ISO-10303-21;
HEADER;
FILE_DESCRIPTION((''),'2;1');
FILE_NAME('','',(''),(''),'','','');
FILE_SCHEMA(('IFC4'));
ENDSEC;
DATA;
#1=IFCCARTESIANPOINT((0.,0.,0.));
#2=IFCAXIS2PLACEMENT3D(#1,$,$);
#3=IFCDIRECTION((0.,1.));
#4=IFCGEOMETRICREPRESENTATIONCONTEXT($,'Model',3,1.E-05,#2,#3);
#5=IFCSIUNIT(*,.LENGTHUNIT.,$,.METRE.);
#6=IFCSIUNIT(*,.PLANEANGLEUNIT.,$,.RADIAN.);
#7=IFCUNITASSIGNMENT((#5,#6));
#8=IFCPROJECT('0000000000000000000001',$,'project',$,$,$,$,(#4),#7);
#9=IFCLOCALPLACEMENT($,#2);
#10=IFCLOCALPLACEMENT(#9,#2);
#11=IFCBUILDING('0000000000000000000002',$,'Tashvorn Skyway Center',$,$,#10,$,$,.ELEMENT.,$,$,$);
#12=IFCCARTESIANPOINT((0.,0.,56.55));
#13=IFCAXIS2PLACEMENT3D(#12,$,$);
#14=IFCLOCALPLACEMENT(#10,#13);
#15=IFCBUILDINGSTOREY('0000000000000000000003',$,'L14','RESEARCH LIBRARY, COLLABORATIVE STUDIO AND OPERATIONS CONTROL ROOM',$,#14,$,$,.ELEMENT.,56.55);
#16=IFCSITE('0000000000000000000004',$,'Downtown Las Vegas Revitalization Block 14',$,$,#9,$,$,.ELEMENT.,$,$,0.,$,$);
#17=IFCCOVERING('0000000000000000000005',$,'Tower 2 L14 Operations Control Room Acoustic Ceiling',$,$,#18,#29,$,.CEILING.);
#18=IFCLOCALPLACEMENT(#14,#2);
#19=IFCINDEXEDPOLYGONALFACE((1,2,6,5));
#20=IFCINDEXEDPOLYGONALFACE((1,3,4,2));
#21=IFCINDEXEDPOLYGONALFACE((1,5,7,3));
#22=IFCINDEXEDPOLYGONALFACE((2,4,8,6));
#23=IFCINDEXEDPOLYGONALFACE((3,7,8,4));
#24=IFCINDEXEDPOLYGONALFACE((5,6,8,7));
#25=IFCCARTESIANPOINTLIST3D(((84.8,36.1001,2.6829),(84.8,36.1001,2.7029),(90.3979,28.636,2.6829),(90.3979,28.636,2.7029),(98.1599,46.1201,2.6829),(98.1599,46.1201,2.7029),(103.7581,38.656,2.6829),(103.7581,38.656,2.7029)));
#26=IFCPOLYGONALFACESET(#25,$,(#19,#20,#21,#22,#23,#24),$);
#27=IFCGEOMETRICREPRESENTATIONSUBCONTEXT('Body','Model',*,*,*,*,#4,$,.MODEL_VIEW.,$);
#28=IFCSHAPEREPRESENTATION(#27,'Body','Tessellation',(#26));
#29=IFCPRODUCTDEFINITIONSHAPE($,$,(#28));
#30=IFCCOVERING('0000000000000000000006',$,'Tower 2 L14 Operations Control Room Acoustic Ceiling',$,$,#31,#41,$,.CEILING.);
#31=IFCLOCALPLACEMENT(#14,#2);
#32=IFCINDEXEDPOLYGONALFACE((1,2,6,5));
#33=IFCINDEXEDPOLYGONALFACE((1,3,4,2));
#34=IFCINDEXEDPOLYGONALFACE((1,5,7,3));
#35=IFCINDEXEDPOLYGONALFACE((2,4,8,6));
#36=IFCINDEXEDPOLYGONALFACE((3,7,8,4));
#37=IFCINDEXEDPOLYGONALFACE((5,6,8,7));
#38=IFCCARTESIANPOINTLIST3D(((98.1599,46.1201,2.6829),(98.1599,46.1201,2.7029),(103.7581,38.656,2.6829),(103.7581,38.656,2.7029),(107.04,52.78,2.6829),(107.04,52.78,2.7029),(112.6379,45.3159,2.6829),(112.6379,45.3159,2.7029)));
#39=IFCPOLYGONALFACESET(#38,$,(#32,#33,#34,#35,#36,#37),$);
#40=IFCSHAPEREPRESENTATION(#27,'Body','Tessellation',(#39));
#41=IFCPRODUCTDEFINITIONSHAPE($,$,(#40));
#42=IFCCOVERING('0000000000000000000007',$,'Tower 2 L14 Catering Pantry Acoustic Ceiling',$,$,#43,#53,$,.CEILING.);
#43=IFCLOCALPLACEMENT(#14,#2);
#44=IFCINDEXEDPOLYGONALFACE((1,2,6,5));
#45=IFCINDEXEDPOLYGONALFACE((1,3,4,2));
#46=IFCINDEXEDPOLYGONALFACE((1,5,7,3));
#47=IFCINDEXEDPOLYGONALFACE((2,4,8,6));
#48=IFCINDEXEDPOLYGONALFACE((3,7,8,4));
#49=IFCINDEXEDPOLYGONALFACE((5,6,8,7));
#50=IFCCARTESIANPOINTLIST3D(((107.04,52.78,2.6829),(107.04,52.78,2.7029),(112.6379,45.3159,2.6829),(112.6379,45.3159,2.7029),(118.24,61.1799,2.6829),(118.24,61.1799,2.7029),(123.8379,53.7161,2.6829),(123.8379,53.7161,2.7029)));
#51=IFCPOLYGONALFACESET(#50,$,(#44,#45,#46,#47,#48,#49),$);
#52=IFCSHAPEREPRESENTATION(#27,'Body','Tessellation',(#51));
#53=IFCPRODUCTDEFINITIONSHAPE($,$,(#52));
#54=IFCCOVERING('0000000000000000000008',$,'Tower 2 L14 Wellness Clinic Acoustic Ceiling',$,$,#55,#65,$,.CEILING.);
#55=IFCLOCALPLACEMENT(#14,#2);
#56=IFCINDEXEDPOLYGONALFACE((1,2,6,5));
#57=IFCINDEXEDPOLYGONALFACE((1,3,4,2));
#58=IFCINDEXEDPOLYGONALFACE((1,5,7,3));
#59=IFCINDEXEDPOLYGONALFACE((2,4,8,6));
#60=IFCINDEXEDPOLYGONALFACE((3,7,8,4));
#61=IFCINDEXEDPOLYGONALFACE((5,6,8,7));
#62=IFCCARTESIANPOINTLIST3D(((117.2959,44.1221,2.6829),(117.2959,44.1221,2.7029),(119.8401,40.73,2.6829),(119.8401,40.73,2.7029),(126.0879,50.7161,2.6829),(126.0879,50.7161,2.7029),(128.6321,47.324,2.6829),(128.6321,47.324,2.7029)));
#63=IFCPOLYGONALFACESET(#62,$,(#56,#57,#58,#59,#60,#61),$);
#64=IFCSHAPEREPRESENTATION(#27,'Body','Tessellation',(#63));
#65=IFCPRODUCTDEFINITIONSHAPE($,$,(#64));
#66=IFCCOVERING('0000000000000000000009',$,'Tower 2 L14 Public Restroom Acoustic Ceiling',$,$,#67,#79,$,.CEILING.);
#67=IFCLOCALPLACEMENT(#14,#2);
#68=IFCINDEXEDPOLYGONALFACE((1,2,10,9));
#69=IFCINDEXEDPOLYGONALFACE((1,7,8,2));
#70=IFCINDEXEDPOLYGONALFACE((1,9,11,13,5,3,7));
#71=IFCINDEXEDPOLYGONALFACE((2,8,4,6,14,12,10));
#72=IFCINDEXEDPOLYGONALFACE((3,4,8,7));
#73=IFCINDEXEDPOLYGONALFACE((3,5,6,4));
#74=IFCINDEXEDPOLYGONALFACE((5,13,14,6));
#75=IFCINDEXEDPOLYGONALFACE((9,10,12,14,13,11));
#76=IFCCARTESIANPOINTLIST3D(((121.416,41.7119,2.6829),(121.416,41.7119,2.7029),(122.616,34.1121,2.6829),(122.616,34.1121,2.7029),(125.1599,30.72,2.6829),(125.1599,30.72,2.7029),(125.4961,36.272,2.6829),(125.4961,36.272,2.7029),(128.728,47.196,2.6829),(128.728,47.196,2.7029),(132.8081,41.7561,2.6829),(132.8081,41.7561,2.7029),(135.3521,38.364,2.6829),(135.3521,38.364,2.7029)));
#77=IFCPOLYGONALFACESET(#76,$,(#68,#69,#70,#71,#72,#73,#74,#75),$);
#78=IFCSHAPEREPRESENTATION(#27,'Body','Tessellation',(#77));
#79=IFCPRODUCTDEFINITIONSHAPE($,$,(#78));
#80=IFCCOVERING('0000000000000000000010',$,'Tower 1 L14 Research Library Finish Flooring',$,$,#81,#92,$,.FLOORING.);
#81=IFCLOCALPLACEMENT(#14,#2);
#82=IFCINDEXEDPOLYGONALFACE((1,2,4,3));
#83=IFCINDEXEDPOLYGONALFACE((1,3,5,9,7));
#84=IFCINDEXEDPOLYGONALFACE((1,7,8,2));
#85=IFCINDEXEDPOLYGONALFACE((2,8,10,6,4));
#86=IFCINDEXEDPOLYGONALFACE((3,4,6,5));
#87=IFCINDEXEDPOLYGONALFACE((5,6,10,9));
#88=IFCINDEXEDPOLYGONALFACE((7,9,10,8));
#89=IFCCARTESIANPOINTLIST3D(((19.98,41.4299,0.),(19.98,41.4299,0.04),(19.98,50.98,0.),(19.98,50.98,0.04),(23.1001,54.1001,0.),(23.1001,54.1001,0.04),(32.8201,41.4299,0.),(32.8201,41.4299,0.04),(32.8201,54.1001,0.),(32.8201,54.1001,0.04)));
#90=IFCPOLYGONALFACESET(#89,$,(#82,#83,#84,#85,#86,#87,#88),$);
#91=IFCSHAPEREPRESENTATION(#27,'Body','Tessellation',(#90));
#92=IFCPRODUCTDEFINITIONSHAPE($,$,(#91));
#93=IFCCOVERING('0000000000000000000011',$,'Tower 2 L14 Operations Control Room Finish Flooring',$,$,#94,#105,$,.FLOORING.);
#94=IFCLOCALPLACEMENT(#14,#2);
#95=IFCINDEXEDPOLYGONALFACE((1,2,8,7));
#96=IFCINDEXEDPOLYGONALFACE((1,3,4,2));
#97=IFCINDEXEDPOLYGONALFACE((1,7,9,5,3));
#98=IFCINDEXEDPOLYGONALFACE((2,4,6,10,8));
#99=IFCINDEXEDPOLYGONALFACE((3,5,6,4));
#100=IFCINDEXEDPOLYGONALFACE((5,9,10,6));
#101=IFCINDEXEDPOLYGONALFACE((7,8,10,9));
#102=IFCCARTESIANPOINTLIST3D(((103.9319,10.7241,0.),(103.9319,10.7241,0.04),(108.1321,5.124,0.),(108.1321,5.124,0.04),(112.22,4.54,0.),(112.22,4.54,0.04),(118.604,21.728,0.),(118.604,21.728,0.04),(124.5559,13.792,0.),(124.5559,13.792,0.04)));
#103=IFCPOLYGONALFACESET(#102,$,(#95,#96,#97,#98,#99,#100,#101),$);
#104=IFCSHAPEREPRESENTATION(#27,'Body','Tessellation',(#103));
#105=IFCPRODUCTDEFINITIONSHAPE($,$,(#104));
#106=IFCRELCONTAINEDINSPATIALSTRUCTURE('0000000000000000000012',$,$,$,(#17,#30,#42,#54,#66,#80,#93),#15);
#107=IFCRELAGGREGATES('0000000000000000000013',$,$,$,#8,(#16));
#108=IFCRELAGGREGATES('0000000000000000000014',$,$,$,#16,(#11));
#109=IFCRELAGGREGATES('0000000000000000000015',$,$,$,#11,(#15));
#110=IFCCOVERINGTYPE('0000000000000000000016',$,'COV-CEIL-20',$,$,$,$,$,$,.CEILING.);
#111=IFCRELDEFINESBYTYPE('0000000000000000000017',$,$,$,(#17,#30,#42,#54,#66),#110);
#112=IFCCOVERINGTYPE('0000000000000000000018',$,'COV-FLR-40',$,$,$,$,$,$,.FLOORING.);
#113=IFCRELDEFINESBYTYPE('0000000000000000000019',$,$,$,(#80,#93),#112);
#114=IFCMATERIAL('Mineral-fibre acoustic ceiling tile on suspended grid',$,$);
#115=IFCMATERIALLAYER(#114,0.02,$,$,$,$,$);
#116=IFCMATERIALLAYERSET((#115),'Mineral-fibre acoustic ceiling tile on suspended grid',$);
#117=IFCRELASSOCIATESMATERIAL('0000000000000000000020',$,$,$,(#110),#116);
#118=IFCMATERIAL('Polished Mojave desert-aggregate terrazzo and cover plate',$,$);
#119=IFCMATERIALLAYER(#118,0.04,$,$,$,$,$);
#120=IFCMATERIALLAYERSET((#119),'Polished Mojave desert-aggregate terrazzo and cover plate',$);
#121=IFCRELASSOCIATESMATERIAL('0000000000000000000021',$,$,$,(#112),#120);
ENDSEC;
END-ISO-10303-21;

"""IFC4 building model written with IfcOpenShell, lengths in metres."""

from ifc_helpers import new_model, si_unit, direction, frame, origin, place, context, subcontext, project, spatial, polyline, outline, extrude, material, layer, layer_set, type_object, element, save


model = new_model("IFC4")

# Units and contexts
model_context = context("Model", 3, precision=1e-05, world=origin(), true_north=direction((0.0, 1.0)))
body_context = subcontext(model_context, "Body", "Model", "MODEL_VIEW")
ifc_project = project(units=[si_unit("LENGTHUNIT", "METRE"), si_unit("PLANEANGLEUNIT", "RADIAN")], contexts=[model_context])

# Site, building, storey
site_placement = place(None, origin())
site = spatial("IfcSite", under=ifc_project, at=site_placement, Name="Downtown Las Vegas Revitalization Block 14", CompositionType="ELEMENT", RefElevation=0.0)
building_placement = place(site_placement, origin())
building = spatial("IfcBuilding", under=site, at=building_placement, Name="Tashvorn Skyway Center", CompositionType="ELEMENT")
storey_placement = place(building_placement, frame((0.0, 0.0, 56.55)))
storey = spatial("IfcBuildingStorey", under=building, at=storey_placement, Name="L14", Description="RESEARCH LIBRARY, COLLABORATIVE STUDIO AND OPERATIONS CONTROL ROOM", CompositionType="ELEMENT", Elevation=56.55)

# Coverings
ifc_material_1 = material(Name="Mineral-fibre acoustic ceiling tile on suspended grid")
ifc_layer_1 = layer(ifc_material_1, 0.02)
ifc_layer_set_1 = layer_set([ifc_layer_1], Name="Mineral-fibre acoustic ceiling tile on suspended grid")
covering_type_1 = type_object("IfcCoveringType", Name="COV-CEIL-20", PredefinedType="CEILING", material=ifc_layer_set_1)
covering_1_placement = place(storey_placement, frame((0.0, 0.0, 2.6829)))
element("IfcCovering", 1, at=covering_1_placement, inside=storey, type_object=covering_type_1, Name="Tower 2 L14 Operations Control Room Acoustic Ceiling", PredefinedType="CEILING", context=body_context, shape_type="SweptSolid", body=[
    extrude(outline(polyline([(90.3979, 28.636), (103.7581, 38.656), (98.1599, 46.1201), (84.8, 36.1001), (90.3979, 28.636)])), origin(), (0.0, 0.0, 1.0), 0.02),
])
covering_2_placement = place(storey_placement, frame((0.0, 0.0, 2.6829)))
element("IfcCovering", 2, at=covering_2_placement, inside=storey, type_object=covering_type_1, Name="Tower 2 L14 Operations Control Room Acoustic Ceiling", PredefinedType="CEILING", context=body_context, shape_type="SweptSolid", body=[
    extrude(outline(polyline([(103.7581, 38.656), (112.6379, 45.3159), (107.04, 52.78), (98.1599, 46.1201), (103.7581, 38.656)])), origin(), (0.0, 0.0, 1.0), 0.02),
])
covering_3_placement = place(storey_placement, frame((0.0, 0.0, 2.6829)))
element("IfcCovering", 3, at=covering_3_placement, inside=storey, type_object=covering_type_1, Name="Tower 2 L14 Catering Pantry Acoustic Ceiling", PredefinedType="CEILING", context=body_context, shape_type="SweptSolid", body=[
    extrude(outline(polyline([(112.6379, 45.3159), (123.8379, 53.7161), (118.24, 61.1799), (107.04, 52.78), (112.6379, 45.3159)])), origin(), (0.0, 0.0, 1.0), 0.02),
])
covering_4_placement = place(storey_placement, frame((0.0, 0.0, 2.6829)))
element("IfcCovering", 4, at=covering_4_placement, inside=storey, type_object=covering_type_1, Name="Tower 2 L14 Wellness Clinic Acoustic Ceiling", PredefinedType="CEILING", context=body_context, shape_type="SweptSolid", body=[
    extrude(outline(polyline([(119.8401, 40.73), (117.2959, 44.1221), (126.0879, 50.7161), (128.6321, 47.324), (119.8401, 40.73)])), origin(), (0.0, 0.0, 1.0), 0.02),
])
covering_5_placement = place(storey_placement, frame((0.0, 0.0, 2.6829)))
element("IfcCovering", 5, at=covering_5_placement, inside=storey, type_object=covering_type_1, Name="Tower 2 L14 Public Restroom Acoustic Ceiling", PredefinedType="CEILING", context=body_context, shape_type="SweptSolid", body=[
    extrude(outline(polyline([(125.1599, 30.72), (122.616, 34.1121), (125.4961, 36.272), (121.416, 41.7119), (128.728, 47.196), (132.8081, 41.7561), (135.3521, 38.364), (125.1599, 30.72)])), origin(), (0.0, 0.0, 1.0), 0.02),
])
ifc_material_2 = material(Name="Polished Mojave desert-aggregate terrazzo and cover plate")
ifc_layer_2 = layer(ifc_material_2, 0.04)
ifc_layer_set_2 = layer_set([ifc_layer_2], Name="Polished Mojave desert-aggregate terrazzo and cover plate")
covering_type_2 = type_object("IfcCoveringType", Name="COV-FLR-40", PredefinedType="FLOORING", material=ifc_layer_set_2)
covering_6_placement = place(storey_placement, origin())
element("IfcCovering", 6, at=covering_6_placement, inside=storey, type_object=covering_type_2, Name="Tower 1 L14 Research Library Finish Flooring", PredefinedType="FLOORING", context=body_context, shape_type="SweptSolid", body=[
    extrude(outline(polyline([(32.8201, 41.4299), (19.98, 41.4299), (19.98, 50.98), (23.1001, 54.1001), (32.8201, 54.1001), (32.8201, 41.4299)])), origin(), (0.0, 0.0, 1.0), 0.04),
])
covering_7_placement = place(storey_placement, origin())
element("IfcCovering", 7, at=covering_7_placement, inside=storey, type_object=covering_type_2, Name="Tower 2 L14 Operations Control Room Finish Flooring", PredefinedType="FLOORING", context=body_context, shape_type="SweptSolid", body=[
    extrude(outline(polyline([(112.22, 4.54), (108.1321, 5.124), (103.9319, 10.7241), (118.604, 21.728), (124.5559, 13.792), (112.22, 4.54)])), origin(), (0.0, 0.0, 1.0), 0.04),
])

save(model, "model.ifc")
